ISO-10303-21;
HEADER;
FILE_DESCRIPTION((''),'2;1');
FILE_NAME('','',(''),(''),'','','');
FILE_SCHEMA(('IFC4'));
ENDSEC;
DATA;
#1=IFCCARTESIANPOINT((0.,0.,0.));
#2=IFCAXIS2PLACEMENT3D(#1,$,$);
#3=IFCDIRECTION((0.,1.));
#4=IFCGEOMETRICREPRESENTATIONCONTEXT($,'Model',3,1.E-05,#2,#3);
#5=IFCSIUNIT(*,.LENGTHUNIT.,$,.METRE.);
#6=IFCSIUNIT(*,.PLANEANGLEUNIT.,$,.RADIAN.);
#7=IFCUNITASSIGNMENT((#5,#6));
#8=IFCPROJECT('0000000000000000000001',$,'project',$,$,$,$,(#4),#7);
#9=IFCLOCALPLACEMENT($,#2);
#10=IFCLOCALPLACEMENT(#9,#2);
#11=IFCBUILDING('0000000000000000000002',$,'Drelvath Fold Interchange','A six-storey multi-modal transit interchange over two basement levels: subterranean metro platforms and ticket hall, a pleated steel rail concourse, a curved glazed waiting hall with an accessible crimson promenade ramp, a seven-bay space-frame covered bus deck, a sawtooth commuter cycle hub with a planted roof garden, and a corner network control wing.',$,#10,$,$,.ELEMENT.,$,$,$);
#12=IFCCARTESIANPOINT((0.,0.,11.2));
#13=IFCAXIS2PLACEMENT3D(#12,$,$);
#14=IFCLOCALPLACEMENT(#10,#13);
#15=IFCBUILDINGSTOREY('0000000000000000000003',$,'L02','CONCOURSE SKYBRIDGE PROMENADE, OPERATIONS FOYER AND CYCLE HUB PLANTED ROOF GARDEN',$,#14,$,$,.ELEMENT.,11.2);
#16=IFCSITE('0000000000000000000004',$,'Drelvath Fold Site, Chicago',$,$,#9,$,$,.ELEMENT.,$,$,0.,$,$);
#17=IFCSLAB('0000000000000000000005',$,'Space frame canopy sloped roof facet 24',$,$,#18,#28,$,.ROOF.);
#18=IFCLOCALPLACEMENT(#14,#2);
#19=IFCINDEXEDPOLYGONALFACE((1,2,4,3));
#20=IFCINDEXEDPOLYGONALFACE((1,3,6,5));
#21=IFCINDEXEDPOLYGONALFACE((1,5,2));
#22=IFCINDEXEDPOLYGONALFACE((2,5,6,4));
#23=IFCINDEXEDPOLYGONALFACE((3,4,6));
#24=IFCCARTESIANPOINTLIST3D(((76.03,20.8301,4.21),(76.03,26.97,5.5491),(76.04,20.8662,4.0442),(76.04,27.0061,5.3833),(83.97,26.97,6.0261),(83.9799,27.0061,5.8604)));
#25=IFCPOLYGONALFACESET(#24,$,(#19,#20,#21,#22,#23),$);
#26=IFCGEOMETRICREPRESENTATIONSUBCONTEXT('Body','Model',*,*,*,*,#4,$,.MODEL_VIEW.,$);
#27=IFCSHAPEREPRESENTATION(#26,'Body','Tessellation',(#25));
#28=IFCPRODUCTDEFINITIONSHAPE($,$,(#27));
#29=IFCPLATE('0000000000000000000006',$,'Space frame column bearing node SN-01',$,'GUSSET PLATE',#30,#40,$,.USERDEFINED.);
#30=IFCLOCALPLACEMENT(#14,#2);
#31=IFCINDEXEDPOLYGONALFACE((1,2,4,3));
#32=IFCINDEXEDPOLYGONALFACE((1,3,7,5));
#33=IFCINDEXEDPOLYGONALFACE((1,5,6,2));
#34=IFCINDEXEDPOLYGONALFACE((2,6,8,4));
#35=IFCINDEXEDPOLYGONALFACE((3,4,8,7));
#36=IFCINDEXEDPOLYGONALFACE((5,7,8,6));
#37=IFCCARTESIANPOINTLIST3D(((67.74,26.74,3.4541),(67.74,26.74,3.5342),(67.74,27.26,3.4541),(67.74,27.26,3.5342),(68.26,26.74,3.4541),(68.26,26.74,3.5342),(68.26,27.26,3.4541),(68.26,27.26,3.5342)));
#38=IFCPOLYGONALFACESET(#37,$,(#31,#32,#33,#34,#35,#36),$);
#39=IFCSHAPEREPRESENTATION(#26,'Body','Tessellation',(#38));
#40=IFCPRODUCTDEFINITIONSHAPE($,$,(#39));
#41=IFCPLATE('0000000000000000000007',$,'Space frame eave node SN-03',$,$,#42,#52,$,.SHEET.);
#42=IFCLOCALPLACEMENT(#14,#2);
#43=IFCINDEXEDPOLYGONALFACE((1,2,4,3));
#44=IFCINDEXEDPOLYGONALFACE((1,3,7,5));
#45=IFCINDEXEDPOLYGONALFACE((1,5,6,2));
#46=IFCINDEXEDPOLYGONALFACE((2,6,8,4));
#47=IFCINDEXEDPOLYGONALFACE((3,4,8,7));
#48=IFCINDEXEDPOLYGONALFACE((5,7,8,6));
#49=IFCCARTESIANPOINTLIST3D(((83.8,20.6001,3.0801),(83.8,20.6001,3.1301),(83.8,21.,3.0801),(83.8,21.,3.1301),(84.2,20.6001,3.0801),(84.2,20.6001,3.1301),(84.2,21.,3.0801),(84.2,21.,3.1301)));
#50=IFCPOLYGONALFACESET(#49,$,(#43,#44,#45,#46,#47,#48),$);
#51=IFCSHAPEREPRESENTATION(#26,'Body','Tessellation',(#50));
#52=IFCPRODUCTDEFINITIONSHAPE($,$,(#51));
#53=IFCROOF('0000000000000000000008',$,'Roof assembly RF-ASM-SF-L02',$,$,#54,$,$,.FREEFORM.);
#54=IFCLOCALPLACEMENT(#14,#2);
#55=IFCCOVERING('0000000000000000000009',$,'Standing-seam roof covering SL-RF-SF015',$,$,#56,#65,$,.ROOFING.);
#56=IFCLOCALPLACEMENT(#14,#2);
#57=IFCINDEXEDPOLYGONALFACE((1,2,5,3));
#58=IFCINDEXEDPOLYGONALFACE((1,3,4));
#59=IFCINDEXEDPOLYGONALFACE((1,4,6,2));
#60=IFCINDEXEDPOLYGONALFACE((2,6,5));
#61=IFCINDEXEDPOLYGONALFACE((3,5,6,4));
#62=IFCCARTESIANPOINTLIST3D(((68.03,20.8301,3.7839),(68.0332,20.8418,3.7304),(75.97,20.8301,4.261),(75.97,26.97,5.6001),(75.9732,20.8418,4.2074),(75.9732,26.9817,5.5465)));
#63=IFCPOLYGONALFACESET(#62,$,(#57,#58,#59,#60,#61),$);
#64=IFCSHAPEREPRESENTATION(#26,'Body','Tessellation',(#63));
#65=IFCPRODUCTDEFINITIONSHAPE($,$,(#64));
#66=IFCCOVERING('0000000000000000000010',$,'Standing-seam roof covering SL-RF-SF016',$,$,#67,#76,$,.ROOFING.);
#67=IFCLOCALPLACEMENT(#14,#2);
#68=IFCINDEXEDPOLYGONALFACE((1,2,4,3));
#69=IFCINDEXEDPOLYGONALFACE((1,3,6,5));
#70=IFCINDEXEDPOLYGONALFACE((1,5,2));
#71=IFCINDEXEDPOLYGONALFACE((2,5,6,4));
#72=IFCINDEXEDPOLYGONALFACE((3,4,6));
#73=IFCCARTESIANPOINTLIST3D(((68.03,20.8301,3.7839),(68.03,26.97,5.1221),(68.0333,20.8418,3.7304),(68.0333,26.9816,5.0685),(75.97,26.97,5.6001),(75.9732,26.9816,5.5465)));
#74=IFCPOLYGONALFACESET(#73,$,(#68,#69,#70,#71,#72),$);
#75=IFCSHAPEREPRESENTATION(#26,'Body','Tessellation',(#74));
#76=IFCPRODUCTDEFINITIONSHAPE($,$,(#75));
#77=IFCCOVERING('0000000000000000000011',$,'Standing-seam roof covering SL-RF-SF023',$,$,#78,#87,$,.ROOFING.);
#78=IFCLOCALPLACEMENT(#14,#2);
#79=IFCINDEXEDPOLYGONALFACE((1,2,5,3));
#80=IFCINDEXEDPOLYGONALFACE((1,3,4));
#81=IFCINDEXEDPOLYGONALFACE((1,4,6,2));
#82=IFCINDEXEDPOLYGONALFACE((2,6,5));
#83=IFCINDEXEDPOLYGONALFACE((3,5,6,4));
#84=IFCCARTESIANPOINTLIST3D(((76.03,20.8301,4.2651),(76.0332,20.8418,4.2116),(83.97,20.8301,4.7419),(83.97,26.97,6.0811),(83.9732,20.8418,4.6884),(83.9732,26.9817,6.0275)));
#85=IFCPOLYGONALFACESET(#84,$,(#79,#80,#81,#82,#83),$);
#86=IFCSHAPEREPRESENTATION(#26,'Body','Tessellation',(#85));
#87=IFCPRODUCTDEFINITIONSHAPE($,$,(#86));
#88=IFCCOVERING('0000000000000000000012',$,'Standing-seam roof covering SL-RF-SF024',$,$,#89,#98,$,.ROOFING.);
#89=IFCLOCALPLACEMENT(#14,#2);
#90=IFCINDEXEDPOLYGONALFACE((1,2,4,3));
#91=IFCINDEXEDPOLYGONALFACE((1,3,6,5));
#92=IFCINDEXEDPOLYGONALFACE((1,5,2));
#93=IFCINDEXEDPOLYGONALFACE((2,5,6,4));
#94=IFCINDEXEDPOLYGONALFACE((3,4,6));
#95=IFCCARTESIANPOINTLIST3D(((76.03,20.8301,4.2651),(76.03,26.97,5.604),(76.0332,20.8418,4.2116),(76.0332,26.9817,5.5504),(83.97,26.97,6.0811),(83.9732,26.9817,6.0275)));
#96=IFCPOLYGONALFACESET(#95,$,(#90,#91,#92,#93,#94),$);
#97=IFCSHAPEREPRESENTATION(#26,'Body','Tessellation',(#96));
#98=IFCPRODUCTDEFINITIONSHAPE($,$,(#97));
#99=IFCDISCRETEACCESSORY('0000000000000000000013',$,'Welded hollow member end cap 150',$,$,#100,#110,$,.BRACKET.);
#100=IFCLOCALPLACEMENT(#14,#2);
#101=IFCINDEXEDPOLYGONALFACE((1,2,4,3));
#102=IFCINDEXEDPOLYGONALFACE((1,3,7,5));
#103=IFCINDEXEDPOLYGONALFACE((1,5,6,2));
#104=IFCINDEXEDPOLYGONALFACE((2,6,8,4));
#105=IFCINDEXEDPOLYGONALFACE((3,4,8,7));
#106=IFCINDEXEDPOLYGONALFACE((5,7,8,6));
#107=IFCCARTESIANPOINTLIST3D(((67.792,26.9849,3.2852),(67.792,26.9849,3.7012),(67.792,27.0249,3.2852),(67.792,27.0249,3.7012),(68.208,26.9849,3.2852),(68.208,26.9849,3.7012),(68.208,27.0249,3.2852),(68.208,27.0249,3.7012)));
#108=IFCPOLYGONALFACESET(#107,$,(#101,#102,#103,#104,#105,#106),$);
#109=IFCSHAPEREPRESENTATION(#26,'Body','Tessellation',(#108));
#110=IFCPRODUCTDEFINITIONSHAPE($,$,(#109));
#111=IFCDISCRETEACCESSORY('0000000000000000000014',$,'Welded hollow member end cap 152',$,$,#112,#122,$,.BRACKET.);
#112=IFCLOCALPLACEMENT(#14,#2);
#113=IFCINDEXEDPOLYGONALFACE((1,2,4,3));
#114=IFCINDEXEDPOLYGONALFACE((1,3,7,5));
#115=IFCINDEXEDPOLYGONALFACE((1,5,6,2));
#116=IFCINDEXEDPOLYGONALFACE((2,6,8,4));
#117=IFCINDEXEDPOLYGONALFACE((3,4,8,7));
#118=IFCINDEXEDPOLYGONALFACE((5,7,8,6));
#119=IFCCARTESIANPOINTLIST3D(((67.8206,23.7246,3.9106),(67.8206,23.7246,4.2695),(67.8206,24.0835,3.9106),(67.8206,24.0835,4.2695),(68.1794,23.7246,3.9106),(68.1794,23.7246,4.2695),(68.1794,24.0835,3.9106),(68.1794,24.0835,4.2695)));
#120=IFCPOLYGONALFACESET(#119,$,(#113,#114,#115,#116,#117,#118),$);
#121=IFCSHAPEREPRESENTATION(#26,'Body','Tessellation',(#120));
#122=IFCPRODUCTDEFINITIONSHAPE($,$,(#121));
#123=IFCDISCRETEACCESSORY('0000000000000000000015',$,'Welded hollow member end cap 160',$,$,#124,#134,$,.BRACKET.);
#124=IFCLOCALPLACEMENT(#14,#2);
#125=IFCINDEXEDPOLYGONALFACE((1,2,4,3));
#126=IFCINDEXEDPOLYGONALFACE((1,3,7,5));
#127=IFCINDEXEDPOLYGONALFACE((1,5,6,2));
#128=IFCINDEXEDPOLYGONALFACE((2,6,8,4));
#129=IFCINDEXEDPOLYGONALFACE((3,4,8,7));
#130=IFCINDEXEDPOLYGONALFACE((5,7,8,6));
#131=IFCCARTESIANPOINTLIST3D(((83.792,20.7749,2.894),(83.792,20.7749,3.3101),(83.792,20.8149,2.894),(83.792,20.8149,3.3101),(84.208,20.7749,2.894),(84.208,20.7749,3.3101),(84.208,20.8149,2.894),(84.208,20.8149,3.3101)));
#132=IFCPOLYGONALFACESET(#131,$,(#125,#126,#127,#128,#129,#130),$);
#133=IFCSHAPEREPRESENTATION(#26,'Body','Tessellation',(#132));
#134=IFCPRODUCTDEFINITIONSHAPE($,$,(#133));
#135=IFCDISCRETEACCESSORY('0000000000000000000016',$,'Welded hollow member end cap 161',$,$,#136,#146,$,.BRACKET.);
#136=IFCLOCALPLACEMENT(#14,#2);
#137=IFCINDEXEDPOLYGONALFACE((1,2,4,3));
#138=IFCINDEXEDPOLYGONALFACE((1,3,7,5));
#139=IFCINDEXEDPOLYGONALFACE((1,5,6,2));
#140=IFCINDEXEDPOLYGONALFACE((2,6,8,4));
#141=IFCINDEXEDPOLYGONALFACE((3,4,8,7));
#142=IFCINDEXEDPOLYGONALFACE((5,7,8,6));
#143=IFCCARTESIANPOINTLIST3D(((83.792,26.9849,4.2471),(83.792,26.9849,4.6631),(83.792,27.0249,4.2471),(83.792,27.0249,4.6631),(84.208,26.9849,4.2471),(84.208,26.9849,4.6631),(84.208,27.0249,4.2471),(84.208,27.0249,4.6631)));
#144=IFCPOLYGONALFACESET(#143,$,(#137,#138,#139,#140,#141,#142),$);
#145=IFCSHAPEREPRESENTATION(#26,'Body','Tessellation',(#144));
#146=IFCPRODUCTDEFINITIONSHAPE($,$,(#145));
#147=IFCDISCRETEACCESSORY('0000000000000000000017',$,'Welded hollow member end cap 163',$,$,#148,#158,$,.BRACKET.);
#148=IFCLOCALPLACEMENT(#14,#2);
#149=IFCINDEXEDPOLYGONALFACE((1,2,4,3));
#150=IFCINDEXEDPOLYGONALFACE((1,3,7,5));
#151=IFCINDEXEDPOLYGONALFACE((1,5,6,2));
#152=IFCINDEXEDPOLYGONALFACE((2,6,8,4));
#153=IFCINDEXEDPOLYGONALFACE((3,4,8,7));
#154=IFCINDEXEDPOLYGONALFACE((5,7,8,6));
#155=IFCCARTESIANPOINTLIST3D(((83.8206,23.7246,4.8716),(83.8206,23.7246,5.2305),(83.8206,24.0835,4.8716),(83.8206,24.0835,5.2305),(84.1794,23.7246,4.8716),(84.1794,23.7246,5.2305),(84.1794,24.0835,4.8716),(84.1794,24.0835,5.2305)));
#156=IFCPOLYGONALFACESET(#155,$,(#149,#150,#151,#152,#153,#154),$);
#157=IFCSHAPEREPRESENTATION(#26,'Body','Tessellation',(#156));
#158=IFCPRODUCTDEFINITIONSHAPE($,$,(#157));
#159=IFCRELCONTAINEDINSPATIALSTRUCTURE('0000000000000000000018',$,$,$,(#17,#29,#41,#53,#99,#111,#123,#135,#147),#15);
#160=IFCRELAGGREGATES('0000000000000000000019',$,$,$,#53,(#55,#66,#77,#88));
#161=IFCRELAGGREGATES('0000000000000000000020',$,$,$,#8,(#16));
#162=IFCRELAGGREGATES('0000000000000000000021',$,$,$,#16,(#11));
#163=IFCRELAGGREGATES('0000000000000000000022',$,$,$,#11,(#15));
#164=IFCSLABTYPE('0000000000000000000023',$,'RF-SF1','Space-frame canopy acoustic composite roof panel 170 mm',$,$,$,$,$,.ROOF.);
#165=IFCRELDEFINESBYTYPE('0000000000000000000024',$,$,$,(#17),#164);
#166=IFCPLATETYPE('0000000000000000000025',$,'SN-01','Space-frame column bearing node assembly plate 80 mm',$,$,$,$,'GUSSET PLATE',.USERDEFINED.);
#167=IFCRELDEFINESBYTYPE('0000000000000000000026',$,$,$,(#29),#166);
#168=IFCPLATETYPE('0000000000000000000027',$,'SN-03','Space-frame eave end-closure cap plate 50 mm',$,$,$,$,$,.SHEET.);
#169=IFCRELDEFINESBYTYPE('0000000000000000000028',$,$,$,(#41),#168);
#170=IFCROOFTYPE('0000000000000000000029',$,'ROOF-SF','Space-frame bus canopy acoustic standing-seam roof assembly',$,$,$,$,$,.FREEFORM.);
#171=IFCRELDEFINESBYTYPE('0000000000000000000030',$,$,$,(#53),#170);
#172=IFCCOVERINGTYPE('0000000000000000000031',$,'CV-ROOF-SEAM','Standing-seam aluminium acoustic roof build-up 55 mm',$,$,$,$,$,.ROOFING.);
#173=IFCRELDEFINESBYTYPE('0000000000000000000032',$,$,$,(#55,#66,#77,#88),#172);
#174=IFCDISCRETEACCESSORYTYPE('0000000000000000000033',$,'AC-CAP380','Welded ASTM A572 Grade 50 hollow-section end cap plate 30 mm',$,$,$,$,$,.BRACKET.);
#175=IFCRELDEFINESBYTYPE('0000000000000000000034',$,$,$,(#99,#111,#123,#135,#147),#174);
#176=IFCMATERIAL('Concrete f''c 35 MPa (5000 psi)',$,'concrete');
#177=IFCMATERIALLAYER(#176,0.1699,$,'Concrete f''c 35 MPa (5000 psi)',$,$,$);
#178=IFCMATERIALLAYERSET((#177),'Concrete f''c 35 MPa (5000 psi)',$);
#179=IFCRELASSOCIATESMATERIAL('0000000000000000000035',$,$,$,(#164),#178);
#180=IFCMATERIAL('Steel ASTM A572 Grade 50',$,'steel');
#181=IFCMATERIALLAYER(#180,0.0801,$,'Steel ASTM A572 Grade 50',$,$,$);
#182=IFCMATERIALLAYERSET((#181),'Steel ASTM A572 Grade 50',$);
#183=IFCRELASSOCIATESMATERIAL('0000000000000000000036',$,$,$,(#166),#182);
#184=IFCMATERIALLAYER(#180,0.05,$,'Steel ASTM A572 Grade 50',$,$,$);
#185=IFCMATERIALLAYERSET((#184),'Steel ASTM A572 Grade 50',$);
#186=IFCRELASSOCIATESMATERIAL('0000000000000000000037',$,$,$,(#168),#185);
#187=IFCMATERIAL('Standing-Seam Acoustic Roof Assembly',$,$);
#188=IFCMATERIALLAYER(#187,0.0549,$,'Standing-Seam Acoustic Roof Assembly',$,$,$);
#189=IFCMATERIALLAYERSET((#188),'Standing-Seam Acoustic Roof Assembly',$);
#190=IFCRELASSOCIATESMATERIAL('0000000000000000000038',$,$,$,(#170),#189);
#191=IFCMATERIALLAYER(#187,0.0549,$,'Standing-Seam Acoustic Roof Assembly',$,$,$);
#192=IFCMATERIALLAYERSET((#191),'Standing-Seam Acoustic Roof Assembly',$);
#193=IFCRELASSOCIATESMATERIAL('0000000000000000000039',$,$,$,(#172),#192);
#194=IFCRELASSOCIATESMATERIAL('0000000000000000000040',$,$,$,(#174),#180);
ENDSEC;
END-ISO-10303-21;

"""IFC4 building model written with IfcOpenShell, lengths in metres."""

from ifc_helpers import new_model, si_unit, direction, frame, origin, origin_2d, place, context, subcontext, project, spatial, polyline, rectangle, outline, extrude, material, layer, layer_set, type_object, element, aggregate, save


model = new_model("IFC4")

# Units and contexts
model_context = context("Model", 3, precision=1e-05, world=origin(), true_north=direction((0.0, 1.0)))
body_context = subcontext(model_context, "Body", "Model", "MODEL_VIEW")
ifc_project = project(units=[si_unit("LENGTHUNIT", "METRE"), si_unit("PLANEANGLEUNIT", "RADIAN")], contexts=[model_context])

# Site, building, storey
site_placement = place(None, origin())
site = spatial("IfcSite", under=ifc_project, at=site_placement, Name="Drelvath Fold Site, Chicago", CompositionType="ELEMENT", RefElevation=0.0)
building_placement = place(site_placement, origin())
building = spatial("IfcBuilding", under=site, at=building_placement, Name="Drelvath Fold Interchange", Description="A six-storey multi-modal transit interchange over two basement levels: subterranean metro platforms and ticket hall, a pleated steel rail concourse, a curved glazed waiting hall with an accessible crimson promenade ramp, a seven-bay space-frame covered bus deck, a sawtooth commuter cycle hub with a planted roof garden, and a corner network control wing.", CompositionType="ELEMENT")
storey_placement = place(building_placement, frame((0.0, 0.0, 11.2)))
storey = spatial("IfcBuildingStorey", under=building, at=storey_placement, Name="L02", Description="CONCOURSE SKYBRIDGE PROMENADE, OPERATIONS FOYER AND CYCLE HUB PLANTED ROOF GARDEN", CompositionType="ELEMENT", Elevation=11.2)

# Slab
ifc_material_1 = material(Name="Concrete f'c 35 MPa (5000 psi)", Category="concrete")
ifc_layer_1 = layer(ifc_material_1, 0.1699, Name="Concrete f'c 35 MPa (5000 psi)")
ifc_layer_set_1 = layer_set([ifc_layer_1], Name="Concrete f'c 35 MPa (5000 psi)")
slab_type = type_object("IfcSlabType", Name="RF-SF1", Description="Space-frame canopy acoustic composite roof panel 170 mm", PredefinedType="ROOF", material=ifc_layer_set_1)
slab_1_placement = place(storey_placement, frame((76.03, 20.8301, 4.21), z_axis=(-0.058602, -0.212725, 0.975353), x_axis=(0.778428, 0.601952, 0.178056)))
element("IfcSlab", 1, at=slab_1_placement, inside=storey, type_object=slab_type, Name="Space frame canopy sloped roof facet 24", PredefinedType="ROOF", context=body_context, shape_type="SweptSolid", body=[
    extrude(outline(polyline([(0.0, 0.0), (10.2, 0.0), (3.9344, 4.9002), (0.0, 0.0)])), origin(), (0.0, 0.0, -1.0), 0.1699),
])

# Plates
ifc_material_2 = material(Name="Steel ASTM A572 Grade 50", Category="steel")
ifc_layer_2 = layer(ifc_material_2, 0.0801, Name="Steel ASTM A572 Grade 50")
ifc_layer_set_2 = layer_set([ifc_layer_2], Name="Steel ASTM A572 Grade 50")
plate_type_1 = type_object("IfcPlateType", Name="SN-01", Description="Space-frame column bearing node assembly plate 80 mm", ElementType="GUSSET PLATE", PredefinedType="USERDEFINED", material=ifc_layer_set_2)
plate_1_placement = place(storey_placement, frame((68.0, 27.0, 3.4541), z_axis=(0.0, 0.0, 1.0), x_axis=(1.0, 0.0, 0.0)))
element("IfcPlate", 2, at=plate_1_placement, inside=storey, type_object=plate_type_1, Name="Space frame column bearing node SN-01", ObjectType="GUSSET PLATE", PredefinedType="USERDEFINED", context=body_context, shape_type="SweptSolid", body=[
    extrude(rectangle(XDim=0.52, YDim=0.52, at=origin_2d()), origin(), (0.0, 0.0, 1.0), 0.0801),
])
ifc_layer_3 = layer(ifc_material_2, 0.05, Name="Steel ASTM A572 Grade 50")
ifc_layer_set_3 = layer_set([ifc_layer_3], Name="Steel ASTM A572 Grade 50")
plate_type_2 = type_object("IfcPlateType", Name="SN-03", Description="Space-frame eave end-closure cap plate 50 mm", PredefinedType="SHEET", material=ifc_layer_set_3)
plate_2_placement = place(storey_placement, frame((84.0, 20.8, 3.0801), z_axis=(0.0, 0.0, 1.0), x_axis=(1.0, 0.0, 0.0)))
element("IfcPlate", 3, at=plate_2_placement, inside=storey, type_object=plate_type_2, Name="Space frame eave node SN-03", PredefinedType="SHEET", context=body_context, shape_type="SweptSolid", body=[
    extrude(rectangle(XDim=0.3999, YDim=0.3999, at=origin_2d()), origin(), (0.0, 0.0, 1.0), 0.05),
])

# Roof, coverings
ifc_material_3 = material(Name="Standing-Seam Acoustic Roof Assembly")
ifc_layer_4 = layer(ifc_material_3, 0.0549, Name="Standing-Seam Acoustic Roof Assembly")
ifc_layer_set_4 = layer_set([ifc_layer_4], Name="Standing-Seam Acoustic Roof Assembly")
roof_type = type_object("IfcRoofType", Name="ROOF-SF", Description="Space-frame bus canopy acoustic standing-seam roof assembly", PredefinedType="FREEFORM", material=ifc_layer_set_4)
roof_placement = place(storey_placement, origin())
roof = element("IfcRoof", 4, at=roof_placement, inside=storey, type_object=roof_type, Name="Roof assembly RF-ASM-SF-L02", PredefinedType="FREEFORM")
ifc_layer_5 = layer(ifc_material_3, 0.0549, Name="Standing-Seam Acoustic Roof Assembly")
ifc_layer_set_5 = layer_set([ifc_layer_5], Name="Standing-Seam Acoustic Roof Assembly")
covering_type = type_object("IfcCoveringType", Name="CV-ROOF-SEAM", Description="Standing-seam aluminium acoustic roof build-up 55 mm", PredefinedType="ROOFING", material=ifc_layer_set_5)
covering_1_placement = place(storey_placement, frame((68.03, 20.8301, 3.7839), z_axis=(-0.058602, -0.212725, 0.975353), x_axis=(0.9982, 0.0, 0.059974)))
covering_1 = element("IfcCovering", 5, at=covering_1_placement, type_object=covering_type, Name="Standing-seam roof covering SL-RF-SF015", PredefinedType="ROOFING", context=body_context, shape_type="SweptSolid", body=[
    extrude(outline(polyline([(0.0, 0.0), (7.9543, 0.0), (8.0346, 6.2837), (0.0, 0.0)])), origin(), (0.0, 0.0, -1.0), 0.0549),
])
covering_2_placement = place(storey_placement, frame((68.03, 20.8301, 3.7839), z_axis=(-0.058723, -0.212575, 0.975379), x_axis=(0.778428, 0.601952, 0.178056)))
covering_2 = element("IfcCovering", 6, at=covering_2_placement, type_object=covering_type, Name="Standing-seam roof covering SL-RF-SF016", PredefinedType="ROOFING", context=body_context, shape_type="SweptSolid", body=[
    extrude(outline(polyline([(0.0, 0.0), (10.2, 0.0), (3.9342, 4.9001), (0.0, 0.0)])), origin(), (0.0, 0.0, -1.0), 0.0549),
])
covering_3_placement = place(storey_placement, frame((76.03, 20.8301, 4.2651), z_axis=(-0.058572, -0.212725, 0.975355), x_axis=(0.998202, 0.0, 0.059944)))
covering_3 = element("IfcCovering", 7, at=covering_3_placement, type_object=covering_type, Name="Standing-seam roof covering SL-RF-SF023", PredefinedType="ROOFING", context=body_context, shape_type="SweptSolid", body=[
    extrude(outline(polyline([(0.0, 0.0), (7.9542, 0.0), (8.0345, 6.2837), (0.0, 0.0)])), origin(), (0.0, 0.0, -1.0), 0.0549),
])
covering_4_placement = place(storey_placement, frame((76.03, 20.8301, 4.2651), z_axis=(-0.058602, -0.212688, 0.975361), x_axis=(0.778431, 0.601955, 0.178032)))
covering_4 = element("IfcCovering", 8, at=covering_4_placement, type_object=covering_type, Name="Standing-seam roof covering SL-RF-SF024", PredefinedType="ROOFING", context=body_context, shape_type="SweptSolid", body=[
    extrude(outline(polyline([(0.0, 0.0), (10.1999, 0.0), (3.9343, 4.9002), (0.0, 0.0)])), origin(), (0.0, 0.0, -1.0), 0.0549),
])
aggregate(roof, [covering_1, covering_2, covering_3, covering_4])

# Discrete accessories
discrete_accessory_type = type_object("IfcDiscreteAccessoryType", Name="AC-CAP380", Description="Welded ASTM A572 Grade 50 hollow-section end cap plate 30 mm", PredefinedType="BRACKET", material=ifc_material_2)
discrete_accessory_1_placement = place(storey_placement, frame((68.0, 27.0049, 3.2852), z_axis=(0.0, 0.0, 1.0), x_axis=(1.0, 0.0, 0.0)))
element("IfcDiscreteAccessory", 9, at=discrete_accessory_1_placement, inside=storey, type_object=discrete_accessory_type, Name="Welded hollow member end cap 150", PredefinedType="BRACKET", context=body_context, shape_type="SweptSolid", body=[
    extrude(rectangle(XDim=0.416, YDim=0.04, at=origin_2d()), origin(), (0.0, 0.0, 1.0), 0.416),
])
discrete_accessory_2_placement = place(storey_placement, frame((68.0, 23.9041, 3.9106), z_axis=(0.0, 0.0, 1.0), x_axis=(1.0, 0.0, 0.0)))
element("IfcDiscreteAccessory", 10, at=discrete_accessory_2_placement, inside=storey, type_object=discrete_accessory_type, Name="Welded hollow member end cap 152", PredefinedType="BRACKET", context=body_context, shape_type="SweptSolid", body=[
    extrude(rectangle(XDim=0.3589, YDim=0.3589, at=origin_2d()), origin(), (0.0, 0.0, 1.0), 0.3589),
])
for number, where, z_axis, x_axis, name in (
    (11, (84.0, 20.7949, 2.894), (0.0, 0.0, 1.0), (1.0, 0.0, 0.0), "Welded hollow member end cap 160"),
    (12, (84.0, 27.0049, 4.2471), (0.0, 0.0, 1.0), (1.0, 0.0, 0.0), "Welded hollow member end cap 161"),
):
    element("IfcDiscreteAccessory", number, at=place(storey_placement, frame(where, z_axis=z_axis, x_axis=x_axis)), inside=storey, type_object=discrete_accessory_type, Name=name, PredefinedType="BRACKET", context=body_context, shape_type="SweptSolid", body=[
        extrude(rectangle(XDim=0.416, YDim=0.04, at=origin_2d()), origin(), (0.0, 0.0, 1.0), 0.416),
    ])
discrete_accessory_3_placement = place(storey_placement, frame((84.0, 23.9041, 4.8716), z_axis=(0.0, 0.0, 1.0), x_axis=(1.0, 0.0, 0.0)))
element("IfcDiscreteAccessory", 13, at=discrete_accessory_3_placement, inside=storey, type_object=discrete_accessory_type, Name="Welded hollow member end cap 163", PredefinedType="BRACKET", context=body_context, shape_type="SweptSolid", body=[
    extrude(rectangle(XDim=0.3589, YDim=0.3589, at=origin_2d()), origin(), (0.0, 0.0, 1.0), 0.3589),
])

save(model, "model.ifc")
